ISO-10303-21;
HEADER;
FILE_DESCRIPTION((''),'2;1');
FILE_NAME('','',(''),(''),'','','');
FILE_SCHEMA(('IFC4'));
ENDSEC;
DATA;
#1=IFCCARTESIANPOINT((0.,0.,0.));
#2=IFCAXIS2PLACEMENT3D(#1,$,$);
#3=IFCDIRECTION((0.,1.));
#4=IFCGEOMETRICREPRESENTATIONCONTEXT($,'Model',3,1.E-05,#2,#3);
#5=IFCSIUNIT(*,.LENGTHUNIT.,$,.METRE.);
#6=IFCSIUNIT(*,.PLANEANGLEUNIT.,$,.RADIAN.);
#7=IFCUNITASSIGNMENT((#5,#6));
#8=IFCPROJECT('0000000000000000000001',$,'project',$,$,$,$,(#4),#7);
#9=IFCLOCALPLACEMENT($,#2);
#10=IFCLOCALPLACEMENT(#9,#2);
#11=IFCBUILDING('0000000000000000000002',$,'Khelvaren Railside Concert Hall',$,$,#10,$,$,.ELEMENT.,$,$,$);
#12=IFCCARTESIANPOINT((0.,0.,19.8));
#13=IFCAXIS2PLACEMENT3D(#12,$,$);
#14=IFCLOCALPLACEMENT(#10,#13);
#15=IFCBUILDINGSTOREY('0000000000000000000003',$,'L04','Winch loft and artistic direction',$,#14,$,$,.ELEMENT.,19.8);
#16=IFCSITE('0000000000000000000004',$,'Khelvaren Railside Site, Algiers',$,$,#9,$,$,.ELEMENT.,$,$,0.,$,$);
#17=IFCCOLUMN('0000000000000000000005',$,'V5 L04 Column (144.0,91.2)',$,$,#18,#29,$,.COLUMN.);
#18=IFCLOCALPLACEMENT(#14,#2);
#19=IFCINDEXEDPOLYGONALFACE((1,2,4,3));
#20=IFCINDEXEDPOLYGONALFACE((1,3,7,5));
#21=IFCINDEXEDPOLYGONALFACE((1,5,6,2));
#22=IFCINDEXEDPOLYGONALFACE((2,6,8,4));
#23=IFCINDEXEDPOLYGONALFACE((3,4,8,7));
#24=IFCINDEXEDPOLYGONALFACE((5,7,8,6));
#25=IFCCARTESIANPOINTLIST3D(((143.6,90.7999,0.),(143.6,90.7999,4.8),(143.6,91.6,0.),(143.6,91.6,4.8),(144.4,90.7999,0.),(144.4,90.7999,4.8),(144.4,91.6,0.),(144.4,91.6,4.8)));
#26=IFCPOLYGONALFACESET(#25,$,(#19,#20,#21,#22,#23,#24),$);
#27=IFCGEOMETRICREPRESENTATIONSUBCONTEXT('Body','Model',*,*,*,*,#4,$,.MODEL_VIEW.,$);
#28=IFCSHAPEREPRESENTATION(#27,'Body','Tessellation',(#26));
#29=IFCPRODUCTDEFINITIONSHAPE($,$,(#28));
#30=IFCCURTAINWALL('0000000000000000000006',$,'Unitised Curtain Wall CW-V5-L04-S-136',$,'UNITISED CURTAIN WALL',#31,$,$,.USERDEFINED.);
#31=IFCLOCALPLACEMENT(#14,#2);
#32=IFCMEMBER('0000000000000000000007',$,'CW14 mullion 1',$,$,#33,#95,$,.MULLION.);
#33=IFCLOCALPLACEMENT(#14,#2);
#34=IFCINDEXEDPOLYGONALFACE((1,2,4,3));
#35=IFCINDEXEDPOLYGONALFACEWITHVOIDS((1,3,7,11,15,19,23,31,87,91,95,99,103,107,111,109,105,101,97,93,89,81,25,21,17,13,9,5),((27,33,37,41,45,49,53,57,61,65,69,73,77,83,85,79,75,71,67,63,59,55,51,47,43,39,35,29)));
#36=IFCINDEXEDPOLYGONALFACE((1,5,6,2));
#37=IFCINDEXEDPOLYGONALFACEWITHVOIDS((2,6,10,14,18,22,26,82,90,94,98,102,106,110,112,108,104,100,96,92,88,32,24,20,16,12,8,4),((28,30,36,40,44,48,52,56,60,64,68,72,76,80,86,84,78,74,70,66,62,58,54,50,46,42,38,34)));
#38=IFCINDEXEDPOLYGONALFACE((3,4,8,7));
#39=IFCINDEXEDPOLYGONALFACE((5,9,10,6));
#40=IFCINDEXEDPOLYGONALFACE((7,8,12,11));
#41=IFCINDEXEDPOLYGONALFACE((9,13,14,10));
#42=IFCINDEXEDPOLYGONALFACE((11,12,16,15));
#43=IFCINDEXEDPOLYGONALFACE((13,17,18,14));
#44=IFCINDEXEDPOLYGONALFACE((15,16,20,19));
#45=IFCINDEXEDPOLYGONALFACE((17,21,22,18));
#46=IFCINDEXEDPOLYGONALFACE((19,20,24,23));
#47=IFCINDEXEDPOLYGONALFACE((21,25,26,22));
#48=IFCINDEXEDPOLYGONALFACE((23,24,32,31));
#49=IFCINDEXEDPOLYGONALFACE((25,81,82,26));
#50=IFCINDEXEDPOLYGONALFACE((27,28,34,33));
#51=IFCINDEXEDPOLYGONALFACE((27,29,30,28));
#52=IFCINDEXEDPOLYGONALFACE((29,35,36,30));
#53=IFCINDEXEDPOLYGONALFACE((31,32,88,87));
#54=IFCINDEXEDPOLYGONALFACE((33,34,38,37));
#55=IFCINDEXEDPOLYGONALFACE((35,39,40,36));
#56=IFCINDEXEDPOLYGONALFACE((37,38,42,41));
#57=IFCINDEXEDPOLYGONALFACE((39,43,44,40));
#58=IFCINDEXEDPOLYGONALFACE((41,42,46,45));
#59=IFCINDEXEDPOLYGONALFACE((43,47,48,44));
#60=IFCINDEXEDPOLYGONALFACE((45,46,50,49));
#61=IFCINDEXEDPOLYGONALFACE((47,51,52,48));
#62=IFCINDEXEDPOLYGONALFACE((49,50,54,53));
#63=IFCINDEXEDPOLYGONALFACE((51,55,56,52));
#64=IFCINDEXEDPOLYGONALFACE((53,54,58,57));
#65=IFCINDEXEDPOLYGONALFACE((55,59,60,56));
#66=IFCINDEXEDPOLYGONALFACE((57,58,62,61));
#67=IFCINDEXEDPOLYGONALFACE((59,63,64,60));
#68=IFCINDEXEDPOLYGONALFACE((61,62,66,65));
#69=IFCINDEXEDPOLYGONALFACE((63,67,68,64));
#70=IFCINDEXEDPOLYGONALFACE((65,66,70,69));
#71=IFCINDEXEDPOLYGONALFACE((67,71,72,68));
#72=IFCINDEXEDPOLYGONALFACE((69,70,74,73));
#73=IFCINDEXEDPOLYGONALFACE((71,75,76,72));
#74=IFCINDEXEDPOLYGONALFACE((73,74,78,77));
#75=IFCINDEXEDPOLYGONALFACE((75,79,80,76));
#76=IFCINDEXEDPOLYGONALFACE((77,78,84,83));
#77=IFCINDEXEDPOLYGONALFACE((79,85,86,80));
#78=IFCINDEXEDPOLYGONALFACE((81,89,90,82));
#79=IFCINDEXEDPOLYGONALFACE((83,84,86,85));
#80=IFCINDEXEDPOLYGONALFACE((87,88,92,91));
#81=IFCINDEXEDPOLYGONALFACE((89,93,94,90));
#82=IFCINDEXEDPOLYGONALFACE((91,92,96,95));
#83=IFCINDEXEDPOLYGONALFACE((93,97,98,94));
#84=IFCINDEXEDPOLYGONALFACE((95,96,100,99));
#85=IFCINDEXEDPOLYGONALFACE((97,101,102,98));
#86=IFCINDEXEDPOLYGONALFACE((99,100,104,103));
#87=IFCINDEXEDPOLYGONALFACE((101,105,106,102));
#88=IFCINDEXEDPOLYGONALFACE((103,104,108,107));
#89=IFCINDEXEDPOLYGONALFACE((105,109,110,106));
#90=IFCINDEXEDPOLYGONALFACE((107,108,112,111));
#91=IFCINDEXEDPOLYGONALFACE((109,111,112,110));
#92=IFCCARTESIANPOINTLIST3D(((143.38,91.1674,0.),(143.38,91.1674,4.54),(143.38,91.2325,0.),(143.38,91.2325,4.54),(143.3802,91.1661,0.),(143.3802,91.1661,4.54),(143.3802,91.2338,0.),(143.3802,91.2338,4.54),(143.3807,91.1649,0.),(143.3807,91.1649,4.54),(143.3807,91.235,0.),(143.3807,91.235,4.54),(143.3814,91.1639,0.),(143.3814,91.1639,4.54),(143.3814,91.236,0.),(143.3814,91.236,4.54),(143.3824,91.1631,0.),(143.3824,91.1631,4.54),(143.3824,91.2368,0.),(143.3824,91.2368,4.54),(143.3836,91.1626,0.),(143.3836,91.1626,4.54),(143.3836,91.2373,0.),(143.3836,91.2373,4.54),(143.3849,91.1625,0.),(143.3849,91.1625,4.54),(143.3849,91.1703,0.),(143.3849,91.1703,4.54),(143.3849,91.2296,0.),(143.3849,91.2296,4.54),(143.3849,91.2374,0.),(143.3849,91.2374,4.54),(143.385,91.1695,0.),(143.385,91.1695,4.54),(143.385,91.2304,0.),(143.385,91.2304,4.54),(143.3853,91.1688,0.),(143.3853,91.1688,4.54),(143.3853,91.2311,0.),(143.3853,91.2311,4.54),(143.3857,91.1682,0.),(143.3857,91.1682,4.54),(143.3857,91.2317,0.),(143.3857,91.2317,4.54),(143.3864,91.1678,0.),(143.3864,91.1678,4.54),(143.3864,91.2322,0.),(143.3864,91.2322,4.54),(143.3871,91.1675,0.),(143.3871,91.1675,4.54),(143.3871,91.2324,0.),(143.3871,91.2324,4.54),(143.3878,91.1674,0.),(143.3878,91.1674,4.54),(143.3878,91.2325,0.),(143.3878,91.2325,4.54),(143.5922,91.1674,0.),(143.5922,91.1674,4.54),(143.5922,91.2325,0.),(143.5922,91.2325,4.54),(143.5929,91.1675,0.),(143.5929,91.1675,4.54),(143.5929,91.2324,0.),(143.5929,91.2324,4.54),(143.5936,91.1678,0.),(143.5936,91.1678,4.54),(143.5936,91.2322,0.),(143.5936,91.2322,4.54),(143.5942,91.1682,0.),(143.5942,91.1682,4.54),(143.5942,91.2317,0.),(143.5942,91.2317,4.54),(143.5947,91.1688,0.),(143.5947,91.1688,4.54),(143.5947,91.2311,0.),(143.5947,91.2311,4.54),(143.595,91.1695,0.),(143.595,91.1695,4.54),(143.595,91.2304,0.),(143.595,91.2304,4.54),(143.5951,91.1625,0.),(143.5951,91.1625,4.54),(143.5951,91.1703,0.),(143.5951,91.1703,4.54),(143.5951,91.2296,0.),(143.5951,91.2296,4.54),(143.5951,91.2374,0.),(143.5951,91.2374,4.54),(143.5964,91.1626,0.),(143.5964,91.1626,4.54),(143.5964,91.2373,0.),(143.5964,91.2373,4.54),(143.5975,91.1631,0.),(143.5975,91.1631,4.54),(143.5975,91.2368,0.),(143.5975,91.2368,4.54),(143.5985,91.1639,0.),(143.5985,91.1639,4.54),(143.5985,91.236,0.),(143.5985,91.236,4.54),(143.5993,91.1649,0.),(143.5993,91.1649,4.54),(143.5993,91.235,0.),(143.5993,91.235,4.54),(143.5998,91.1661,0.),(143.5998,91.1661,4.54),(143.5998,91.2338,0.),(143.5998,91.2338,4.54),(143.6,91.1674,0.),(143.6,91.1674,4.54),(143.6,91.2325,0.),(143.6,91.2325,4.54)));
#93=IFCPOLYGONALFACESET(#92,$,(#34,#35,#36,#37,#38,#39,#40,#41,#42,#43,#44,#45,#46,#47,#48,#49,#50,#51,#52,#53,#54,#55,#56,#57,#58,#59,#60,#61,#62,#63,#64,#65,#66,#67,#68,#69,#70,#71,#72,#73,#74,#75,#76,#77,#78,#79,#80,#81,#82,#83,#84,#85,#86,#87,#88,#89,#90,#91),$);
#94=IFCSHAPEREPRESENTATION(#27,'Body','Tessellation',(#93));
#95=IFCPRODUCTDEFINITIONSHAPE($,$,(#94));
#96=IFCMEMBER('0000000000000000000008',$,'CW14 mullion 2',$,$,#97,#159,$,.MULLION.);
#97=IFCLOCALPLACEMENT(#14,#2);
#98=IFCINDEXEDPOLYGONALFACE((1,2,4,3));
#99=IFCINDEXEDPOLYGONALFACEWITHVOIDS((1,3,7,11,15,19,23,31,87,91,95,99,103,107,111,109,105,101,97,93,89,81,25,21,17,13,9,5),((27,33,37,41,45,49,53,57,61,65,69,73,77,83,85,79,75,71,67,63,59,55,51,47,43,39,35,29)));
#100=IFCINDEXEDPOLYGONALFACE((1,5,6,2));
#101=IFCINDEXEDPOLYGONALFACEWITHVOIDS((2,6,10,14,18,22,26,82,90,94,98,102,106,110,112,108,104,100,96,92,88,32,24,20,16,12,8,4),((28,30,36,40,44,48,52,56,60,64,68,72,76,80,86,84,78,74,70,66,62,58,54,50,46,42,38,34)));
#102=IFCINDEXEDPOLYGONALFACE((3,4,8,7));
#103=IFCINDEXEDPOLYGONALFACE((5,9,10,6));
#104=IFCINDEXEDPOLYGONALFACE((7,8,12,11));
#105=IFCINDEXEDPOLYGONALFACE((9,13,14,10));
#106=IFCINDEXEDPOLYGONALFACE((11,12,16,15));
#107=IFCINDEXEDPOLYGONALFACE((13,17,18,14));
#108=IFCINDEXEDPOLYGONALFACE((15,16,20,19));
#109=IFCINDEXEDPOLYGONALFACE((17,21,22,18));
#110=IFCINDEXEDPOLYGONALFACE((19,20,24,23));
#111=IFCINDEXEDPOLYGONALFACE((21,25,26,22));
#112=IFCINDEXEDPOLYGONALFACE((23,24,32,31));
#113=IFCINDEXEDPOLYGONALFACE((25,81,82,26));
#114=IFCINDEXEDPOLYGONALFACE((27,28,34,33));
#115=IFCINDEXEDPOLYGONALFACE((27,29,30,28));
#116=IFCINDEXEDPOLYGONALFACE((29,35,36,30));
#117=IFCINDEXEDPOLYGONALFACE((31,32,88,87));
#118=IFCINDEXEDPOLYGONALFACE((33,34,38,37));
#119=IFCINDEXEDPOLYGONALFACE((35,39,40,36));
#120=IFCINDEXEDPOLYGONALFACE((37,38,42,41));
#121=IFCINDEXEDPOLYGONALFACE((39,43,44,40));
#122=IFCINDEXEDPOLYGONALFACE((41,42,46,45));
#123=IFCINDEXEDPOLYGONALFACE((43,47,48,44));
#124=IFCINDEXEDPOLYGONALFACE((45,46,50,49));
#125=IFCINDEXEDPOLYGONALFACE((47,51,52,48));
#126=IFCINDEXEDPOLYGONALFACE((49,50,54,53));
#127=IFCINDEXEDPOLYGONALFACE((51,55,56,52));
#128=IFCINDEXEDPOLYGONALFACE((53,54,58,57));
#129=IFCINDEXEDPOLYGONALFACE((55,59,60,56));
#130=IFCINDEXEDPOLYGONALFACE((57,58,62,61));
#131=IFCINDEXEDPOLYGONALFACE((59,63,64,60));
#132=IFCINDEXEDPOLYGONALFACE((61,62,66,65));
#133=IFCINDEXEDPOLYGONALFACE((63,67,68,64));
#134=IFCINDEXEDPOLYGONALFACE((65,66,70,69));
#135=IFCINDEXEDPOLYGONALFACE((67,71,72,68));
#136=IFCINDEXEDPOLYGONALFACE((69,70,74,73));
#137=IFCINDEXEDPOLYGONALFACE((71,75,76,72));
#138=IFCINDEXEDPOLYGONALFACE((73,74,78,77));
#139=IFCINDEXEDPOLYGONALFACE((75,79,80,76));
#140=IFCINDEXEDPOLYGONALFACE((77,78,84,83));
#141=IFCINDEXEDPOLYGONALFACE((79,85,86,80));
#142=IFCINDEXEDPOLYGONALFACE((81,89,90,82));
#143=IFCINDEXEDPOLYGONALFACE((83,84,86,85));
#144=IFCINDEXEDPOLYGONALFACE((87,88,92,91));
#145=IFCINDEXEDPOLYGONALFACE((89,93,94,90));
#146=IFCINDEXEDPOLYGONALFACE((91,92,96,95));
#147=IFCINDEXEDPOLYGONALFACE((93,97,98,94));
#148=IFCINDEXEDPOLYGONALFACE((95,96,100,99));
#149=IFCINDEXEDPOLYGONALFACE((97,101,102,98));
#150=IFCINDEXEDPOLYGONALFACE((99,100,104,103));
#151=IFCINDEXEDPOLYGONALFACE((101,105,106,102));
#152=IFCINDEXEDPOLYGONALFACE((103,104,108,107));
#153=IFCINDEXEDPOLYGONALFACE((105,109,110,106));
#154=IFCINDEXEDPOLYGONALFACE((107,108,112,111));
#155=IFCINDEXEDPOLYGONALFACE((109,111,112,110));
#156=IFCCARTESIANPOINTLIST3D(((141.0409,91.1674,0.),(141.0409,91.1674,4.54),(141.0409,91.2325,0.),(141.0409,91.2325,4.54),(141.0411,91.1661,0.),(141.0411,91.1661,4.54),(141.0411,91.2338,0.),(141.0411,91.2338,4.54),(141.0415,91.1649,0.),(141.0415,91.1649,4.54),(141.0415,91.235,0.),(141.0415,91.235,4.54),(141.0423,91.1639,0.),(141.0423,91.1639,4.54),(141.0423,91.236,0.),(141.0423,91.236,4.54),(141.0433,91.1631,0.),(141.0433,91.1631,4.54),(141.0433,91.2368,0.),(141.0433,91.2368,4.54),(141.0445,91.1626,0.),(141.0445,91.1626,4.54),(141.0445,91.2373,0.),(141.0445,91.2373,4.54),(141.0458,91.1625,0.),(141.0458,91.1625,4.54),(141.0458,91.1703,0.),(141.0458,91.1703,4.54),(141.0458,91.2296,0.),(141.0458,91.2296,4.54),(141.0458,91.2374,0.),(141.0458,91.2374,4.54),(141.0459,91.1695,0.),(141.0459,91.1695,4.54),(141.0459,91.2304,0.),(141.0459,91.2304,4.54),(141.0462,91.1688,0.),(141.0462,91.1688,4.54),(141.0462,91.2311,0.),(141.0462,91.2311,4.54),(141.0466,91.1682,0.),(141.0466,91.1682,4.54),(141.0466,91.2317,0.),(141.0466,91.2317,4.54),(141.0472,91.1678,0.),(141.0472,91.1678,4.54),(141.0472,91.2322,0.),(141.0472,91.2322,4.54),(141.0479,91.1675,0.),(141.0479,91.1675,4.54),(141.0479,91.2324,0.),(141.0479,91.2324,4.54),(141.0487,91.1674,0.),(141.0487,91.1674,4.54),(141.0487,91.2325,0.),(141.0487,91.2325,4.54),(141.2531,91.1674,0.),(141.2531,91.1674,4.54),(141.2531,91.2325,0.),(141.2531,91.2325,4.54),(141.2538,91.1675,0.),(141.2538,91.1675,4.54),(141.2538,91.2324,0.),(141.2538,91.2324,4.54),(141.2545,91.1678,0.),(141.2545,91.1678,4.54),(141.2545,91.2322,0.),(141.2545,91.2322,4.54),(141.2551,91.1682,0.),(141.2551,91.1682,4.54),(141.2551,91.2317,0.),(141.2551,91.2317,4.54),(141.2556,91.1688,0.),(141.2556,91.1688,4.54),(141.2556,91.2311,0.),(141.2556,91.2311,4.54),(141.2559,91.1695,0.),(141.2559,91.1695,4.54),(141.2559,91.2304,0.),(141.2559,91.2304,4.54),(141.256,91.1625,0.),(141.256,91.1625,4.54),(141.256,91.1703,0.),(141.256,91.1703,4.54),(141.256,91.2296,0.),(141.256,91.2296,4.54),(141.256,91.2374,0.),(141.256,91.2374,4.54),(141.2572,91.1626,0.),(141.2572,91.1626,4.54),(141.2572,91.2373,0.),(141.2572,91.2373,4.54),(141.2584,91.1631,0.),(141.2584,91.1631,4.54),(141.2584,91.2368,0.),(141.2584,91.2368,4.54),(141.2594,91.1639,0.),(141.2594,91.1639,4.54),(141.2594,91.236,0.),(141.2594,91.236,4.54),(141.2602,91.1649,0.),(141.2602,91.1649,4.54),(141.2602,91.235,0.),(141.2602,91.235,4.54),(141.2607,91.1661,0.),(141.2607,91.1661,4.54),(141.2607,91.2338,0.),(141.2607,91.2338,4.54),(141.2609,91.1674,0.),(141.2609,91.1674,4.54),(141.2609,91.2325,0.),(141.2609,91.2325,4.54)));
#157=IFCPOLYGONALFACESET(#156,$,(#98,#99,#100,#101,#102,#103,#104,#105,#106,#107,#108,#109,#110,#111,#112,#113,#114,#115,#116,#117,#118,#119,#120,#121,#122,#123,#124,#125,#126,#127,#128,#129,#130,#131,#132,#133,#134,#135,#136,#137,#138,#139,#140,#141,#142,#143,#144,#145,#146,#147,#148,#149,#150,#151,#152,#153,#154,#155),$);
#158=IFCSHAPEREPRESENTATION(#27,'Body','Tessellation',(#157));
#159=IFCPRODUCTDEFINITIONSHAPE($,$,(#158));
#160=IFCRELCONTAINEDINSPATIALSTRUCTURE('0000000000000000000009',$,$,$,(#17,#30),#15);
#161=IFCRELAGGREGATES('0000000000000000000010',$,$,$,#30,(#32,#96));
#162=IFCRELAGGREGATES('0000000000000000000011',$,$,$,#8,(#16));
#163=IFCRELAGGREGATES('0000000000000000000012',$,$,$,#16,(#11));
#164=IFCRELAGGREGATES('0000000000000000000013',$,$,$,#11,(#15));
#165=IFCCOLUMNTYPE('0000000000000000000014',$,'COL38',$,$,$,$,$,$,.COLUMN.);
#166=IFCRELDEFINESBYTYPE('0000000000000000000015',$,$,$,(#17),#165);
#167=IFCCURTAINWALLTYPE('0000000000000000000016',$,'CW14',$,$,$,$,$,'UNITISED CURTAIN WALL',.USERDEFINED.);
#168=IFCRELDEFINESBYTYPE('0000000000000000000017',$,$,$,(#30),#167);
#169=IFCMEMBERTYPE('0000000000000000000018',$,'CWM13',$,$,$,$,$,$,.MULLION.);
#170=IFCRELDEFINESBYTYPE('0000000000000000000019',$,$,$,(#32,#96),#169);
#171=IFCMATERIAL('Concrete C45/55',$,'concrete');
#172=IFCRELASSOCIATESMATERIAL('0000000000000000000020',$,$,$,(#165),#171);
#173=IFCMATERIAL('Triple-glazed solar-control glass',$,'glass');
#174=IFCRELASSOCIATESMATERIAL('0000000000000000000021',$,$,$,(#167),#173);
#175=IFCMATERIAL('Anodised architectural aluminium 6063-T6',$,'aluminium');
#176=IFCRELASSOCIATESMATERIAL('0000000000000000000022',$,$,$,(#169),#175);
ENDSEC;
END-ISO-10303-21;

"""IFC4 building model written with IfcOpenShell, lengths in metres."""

from ifc_helpers import new_model, si_unit, direction, frame, origin, origin_2d, place, context, subcontext, project, spatial, rectangle, hollow_rectangle, extrude, material, material_profile, profile_set, type_object, element, aggregate, save


model = new_model("IFC4")

# Units and contexts
model_context = context("Model", 3, precision=1e-05, world=origin(), true_north=direction((0.0, 1.0)))
body_context = subcontext(model_context, "Body", "Model", "MODEL_VIEW")
ifc_project = project(units=[si_unit("LENGTHUNIT", "METRE"), si_unit("PLANEANGLEUNIT", "RADIAN")], contexts=[model_context])

# Site, building, storey
site_placement = place(None, origin())
site = spatial("IfcSite", under=ifc_project, at=site_placement, Name="Khelvaren Railside Site, Algiers", CompositionType="ELEMENT", RefElevation=0.0)
building_placement = place(site_placement, origin())
building = spatial("IfcBuilding", under=site, at=building_placement, Name="Khelvaren Railside Concert Hall", CompositionType="ELEMENT")
storey_placement = place(building_placement, frame((0.0, 0.0, 19.8)))
storey = spatial("IfcBuildingStorey", under=building, at=storey_placement, Name="L04", Description="Winch loft and artistic direction", CompositionType="ELEMENT", Elevation=19.8)

# Column
ifc_material_1 = material(Name="Concrete C45/55", Category="concrete")
ifc_material_profile_1 = material_profile(ifc_material_1, rectangle(XDim=0.8, YDim=0.8, at=origin_2d()), Name="RC 800x800")
ifc_profile_set_1 = profile_set([ifc_material_profile_1], Name="Concrete C45/55")
column_type = type_object("IfcColumnType", Name="COL38", PredefinedType="COLUMN", material=ifc_profile_set_1)
column_placement = place(storey_placement, frame((144.0, 91.2, 0.0), z_axis=(0.0, 0.0, 1.0), x_axis=(1.0, 0.0, 0.0)))
element("IfcColumn", 1, at=column_placement, inside=storey, type_object=column_type, Name="V5 L04 Column (144.0,91.2)", PredefinedType="COLUMN", context=body_context, shape_type="SweptSolid", body=[
    extrude(rectangle(XDim=0.8, YDim=0.8, at=origin_2d()), origin(), (0.0, 0.0, 1.0), 4.8),
])

# Curtain wall, members
ifc_material_2 = material(Name="Triple-glazed solar-control glass", Category="glass")
curtain_wall_type_1 = type_object("IfcCurtainWallType", Name="CW14", ElementType="UNITISED CURTAIN WALL", PredefinedType="USERDEFINED", material=ifc_material_2)
curtain_wall_1_placement = place(storey_placement, origin())
curtain_wall_1 = element("IfcCurtainWall", 2, at=curtain_wall_1_placement, inside=storey, type_object=curtain_wall_type_1, Name="Unitised Curtain Wall CW-V5-L04-S-136", ObjectType="UNITISED CURTAIN WALL", PredefinedType="USERDEFINED")
ifc_material_3 = material(Name="Anodised architectural aluminium 6063-T6", Category="aluminium")
ifc_material_profile_2 = material_profile(ifc_material_3, hollow_rectangle(XDim=0.075, YDim=0.22, WallThickness=0.0049, InnerFilletRadius=0.0029, OuterFilletRadius=0.0049, at=origin_2d()), Name="CWM 75x220x5")
ifc_profile_set_2 = profile_set([ifc_material_profile_2], Name="Anodised architectural aluminium 6063-T6")
member_type_1 = type_object("IfcMemberType", Name="CWM13", PredefinedType="MULLION", material=ifc_profile_set_2)
member_1_placement = place(storey_placement, frame((143.49, 91.2, 0.0), z_axis=(0.0, 0.0, 1.0), x_axis=(0.0, -1.0, 0.0)))
member_1 = element("IfcMember", 3, at=member_1_placement, type_object=member_type_1, Name="CW14 mullion 1", PredefinedType="MULLION", context=body_context, shape_type="SweptSolid", body=[
    extrude(hollow_rectangle(XDim=0.075, YDim=0.22, WallThickness=0.0049, InnerFilletRadius=0.0029, OuterFilletRadius=0.0049, at=origin_2d()), origin(), (0.0, 0.0, 1.0), 4.54),
])
member_2_placement = place(storey_placement, frame((141.1509, 91.2, 0.0), z_axis=(0.0, 0.0, 1.0), x_axis=(0.0, -1.0, 0.0)))
member_2 = element("IfcMember", 4, at=member_2_placement, type_object=member_type_1, Name="CW14 mullion 2", PredefinedType="MULLION", context=body_context, shape_type="SweptSolid", body=[
    extrude(hollow_rectangle(XDim=0.075, YDim=0.22, WallThickness=0.0049, InnerFilletRadius=0.0029, OuterFilletRadius=0.0049, at=origin_2d()), origin(), (0.0, 0.0, 1.0), 4.54),
])

aggregate(curtain_wall_1, [member_1, member_2])

save(model, "model.ifc")
